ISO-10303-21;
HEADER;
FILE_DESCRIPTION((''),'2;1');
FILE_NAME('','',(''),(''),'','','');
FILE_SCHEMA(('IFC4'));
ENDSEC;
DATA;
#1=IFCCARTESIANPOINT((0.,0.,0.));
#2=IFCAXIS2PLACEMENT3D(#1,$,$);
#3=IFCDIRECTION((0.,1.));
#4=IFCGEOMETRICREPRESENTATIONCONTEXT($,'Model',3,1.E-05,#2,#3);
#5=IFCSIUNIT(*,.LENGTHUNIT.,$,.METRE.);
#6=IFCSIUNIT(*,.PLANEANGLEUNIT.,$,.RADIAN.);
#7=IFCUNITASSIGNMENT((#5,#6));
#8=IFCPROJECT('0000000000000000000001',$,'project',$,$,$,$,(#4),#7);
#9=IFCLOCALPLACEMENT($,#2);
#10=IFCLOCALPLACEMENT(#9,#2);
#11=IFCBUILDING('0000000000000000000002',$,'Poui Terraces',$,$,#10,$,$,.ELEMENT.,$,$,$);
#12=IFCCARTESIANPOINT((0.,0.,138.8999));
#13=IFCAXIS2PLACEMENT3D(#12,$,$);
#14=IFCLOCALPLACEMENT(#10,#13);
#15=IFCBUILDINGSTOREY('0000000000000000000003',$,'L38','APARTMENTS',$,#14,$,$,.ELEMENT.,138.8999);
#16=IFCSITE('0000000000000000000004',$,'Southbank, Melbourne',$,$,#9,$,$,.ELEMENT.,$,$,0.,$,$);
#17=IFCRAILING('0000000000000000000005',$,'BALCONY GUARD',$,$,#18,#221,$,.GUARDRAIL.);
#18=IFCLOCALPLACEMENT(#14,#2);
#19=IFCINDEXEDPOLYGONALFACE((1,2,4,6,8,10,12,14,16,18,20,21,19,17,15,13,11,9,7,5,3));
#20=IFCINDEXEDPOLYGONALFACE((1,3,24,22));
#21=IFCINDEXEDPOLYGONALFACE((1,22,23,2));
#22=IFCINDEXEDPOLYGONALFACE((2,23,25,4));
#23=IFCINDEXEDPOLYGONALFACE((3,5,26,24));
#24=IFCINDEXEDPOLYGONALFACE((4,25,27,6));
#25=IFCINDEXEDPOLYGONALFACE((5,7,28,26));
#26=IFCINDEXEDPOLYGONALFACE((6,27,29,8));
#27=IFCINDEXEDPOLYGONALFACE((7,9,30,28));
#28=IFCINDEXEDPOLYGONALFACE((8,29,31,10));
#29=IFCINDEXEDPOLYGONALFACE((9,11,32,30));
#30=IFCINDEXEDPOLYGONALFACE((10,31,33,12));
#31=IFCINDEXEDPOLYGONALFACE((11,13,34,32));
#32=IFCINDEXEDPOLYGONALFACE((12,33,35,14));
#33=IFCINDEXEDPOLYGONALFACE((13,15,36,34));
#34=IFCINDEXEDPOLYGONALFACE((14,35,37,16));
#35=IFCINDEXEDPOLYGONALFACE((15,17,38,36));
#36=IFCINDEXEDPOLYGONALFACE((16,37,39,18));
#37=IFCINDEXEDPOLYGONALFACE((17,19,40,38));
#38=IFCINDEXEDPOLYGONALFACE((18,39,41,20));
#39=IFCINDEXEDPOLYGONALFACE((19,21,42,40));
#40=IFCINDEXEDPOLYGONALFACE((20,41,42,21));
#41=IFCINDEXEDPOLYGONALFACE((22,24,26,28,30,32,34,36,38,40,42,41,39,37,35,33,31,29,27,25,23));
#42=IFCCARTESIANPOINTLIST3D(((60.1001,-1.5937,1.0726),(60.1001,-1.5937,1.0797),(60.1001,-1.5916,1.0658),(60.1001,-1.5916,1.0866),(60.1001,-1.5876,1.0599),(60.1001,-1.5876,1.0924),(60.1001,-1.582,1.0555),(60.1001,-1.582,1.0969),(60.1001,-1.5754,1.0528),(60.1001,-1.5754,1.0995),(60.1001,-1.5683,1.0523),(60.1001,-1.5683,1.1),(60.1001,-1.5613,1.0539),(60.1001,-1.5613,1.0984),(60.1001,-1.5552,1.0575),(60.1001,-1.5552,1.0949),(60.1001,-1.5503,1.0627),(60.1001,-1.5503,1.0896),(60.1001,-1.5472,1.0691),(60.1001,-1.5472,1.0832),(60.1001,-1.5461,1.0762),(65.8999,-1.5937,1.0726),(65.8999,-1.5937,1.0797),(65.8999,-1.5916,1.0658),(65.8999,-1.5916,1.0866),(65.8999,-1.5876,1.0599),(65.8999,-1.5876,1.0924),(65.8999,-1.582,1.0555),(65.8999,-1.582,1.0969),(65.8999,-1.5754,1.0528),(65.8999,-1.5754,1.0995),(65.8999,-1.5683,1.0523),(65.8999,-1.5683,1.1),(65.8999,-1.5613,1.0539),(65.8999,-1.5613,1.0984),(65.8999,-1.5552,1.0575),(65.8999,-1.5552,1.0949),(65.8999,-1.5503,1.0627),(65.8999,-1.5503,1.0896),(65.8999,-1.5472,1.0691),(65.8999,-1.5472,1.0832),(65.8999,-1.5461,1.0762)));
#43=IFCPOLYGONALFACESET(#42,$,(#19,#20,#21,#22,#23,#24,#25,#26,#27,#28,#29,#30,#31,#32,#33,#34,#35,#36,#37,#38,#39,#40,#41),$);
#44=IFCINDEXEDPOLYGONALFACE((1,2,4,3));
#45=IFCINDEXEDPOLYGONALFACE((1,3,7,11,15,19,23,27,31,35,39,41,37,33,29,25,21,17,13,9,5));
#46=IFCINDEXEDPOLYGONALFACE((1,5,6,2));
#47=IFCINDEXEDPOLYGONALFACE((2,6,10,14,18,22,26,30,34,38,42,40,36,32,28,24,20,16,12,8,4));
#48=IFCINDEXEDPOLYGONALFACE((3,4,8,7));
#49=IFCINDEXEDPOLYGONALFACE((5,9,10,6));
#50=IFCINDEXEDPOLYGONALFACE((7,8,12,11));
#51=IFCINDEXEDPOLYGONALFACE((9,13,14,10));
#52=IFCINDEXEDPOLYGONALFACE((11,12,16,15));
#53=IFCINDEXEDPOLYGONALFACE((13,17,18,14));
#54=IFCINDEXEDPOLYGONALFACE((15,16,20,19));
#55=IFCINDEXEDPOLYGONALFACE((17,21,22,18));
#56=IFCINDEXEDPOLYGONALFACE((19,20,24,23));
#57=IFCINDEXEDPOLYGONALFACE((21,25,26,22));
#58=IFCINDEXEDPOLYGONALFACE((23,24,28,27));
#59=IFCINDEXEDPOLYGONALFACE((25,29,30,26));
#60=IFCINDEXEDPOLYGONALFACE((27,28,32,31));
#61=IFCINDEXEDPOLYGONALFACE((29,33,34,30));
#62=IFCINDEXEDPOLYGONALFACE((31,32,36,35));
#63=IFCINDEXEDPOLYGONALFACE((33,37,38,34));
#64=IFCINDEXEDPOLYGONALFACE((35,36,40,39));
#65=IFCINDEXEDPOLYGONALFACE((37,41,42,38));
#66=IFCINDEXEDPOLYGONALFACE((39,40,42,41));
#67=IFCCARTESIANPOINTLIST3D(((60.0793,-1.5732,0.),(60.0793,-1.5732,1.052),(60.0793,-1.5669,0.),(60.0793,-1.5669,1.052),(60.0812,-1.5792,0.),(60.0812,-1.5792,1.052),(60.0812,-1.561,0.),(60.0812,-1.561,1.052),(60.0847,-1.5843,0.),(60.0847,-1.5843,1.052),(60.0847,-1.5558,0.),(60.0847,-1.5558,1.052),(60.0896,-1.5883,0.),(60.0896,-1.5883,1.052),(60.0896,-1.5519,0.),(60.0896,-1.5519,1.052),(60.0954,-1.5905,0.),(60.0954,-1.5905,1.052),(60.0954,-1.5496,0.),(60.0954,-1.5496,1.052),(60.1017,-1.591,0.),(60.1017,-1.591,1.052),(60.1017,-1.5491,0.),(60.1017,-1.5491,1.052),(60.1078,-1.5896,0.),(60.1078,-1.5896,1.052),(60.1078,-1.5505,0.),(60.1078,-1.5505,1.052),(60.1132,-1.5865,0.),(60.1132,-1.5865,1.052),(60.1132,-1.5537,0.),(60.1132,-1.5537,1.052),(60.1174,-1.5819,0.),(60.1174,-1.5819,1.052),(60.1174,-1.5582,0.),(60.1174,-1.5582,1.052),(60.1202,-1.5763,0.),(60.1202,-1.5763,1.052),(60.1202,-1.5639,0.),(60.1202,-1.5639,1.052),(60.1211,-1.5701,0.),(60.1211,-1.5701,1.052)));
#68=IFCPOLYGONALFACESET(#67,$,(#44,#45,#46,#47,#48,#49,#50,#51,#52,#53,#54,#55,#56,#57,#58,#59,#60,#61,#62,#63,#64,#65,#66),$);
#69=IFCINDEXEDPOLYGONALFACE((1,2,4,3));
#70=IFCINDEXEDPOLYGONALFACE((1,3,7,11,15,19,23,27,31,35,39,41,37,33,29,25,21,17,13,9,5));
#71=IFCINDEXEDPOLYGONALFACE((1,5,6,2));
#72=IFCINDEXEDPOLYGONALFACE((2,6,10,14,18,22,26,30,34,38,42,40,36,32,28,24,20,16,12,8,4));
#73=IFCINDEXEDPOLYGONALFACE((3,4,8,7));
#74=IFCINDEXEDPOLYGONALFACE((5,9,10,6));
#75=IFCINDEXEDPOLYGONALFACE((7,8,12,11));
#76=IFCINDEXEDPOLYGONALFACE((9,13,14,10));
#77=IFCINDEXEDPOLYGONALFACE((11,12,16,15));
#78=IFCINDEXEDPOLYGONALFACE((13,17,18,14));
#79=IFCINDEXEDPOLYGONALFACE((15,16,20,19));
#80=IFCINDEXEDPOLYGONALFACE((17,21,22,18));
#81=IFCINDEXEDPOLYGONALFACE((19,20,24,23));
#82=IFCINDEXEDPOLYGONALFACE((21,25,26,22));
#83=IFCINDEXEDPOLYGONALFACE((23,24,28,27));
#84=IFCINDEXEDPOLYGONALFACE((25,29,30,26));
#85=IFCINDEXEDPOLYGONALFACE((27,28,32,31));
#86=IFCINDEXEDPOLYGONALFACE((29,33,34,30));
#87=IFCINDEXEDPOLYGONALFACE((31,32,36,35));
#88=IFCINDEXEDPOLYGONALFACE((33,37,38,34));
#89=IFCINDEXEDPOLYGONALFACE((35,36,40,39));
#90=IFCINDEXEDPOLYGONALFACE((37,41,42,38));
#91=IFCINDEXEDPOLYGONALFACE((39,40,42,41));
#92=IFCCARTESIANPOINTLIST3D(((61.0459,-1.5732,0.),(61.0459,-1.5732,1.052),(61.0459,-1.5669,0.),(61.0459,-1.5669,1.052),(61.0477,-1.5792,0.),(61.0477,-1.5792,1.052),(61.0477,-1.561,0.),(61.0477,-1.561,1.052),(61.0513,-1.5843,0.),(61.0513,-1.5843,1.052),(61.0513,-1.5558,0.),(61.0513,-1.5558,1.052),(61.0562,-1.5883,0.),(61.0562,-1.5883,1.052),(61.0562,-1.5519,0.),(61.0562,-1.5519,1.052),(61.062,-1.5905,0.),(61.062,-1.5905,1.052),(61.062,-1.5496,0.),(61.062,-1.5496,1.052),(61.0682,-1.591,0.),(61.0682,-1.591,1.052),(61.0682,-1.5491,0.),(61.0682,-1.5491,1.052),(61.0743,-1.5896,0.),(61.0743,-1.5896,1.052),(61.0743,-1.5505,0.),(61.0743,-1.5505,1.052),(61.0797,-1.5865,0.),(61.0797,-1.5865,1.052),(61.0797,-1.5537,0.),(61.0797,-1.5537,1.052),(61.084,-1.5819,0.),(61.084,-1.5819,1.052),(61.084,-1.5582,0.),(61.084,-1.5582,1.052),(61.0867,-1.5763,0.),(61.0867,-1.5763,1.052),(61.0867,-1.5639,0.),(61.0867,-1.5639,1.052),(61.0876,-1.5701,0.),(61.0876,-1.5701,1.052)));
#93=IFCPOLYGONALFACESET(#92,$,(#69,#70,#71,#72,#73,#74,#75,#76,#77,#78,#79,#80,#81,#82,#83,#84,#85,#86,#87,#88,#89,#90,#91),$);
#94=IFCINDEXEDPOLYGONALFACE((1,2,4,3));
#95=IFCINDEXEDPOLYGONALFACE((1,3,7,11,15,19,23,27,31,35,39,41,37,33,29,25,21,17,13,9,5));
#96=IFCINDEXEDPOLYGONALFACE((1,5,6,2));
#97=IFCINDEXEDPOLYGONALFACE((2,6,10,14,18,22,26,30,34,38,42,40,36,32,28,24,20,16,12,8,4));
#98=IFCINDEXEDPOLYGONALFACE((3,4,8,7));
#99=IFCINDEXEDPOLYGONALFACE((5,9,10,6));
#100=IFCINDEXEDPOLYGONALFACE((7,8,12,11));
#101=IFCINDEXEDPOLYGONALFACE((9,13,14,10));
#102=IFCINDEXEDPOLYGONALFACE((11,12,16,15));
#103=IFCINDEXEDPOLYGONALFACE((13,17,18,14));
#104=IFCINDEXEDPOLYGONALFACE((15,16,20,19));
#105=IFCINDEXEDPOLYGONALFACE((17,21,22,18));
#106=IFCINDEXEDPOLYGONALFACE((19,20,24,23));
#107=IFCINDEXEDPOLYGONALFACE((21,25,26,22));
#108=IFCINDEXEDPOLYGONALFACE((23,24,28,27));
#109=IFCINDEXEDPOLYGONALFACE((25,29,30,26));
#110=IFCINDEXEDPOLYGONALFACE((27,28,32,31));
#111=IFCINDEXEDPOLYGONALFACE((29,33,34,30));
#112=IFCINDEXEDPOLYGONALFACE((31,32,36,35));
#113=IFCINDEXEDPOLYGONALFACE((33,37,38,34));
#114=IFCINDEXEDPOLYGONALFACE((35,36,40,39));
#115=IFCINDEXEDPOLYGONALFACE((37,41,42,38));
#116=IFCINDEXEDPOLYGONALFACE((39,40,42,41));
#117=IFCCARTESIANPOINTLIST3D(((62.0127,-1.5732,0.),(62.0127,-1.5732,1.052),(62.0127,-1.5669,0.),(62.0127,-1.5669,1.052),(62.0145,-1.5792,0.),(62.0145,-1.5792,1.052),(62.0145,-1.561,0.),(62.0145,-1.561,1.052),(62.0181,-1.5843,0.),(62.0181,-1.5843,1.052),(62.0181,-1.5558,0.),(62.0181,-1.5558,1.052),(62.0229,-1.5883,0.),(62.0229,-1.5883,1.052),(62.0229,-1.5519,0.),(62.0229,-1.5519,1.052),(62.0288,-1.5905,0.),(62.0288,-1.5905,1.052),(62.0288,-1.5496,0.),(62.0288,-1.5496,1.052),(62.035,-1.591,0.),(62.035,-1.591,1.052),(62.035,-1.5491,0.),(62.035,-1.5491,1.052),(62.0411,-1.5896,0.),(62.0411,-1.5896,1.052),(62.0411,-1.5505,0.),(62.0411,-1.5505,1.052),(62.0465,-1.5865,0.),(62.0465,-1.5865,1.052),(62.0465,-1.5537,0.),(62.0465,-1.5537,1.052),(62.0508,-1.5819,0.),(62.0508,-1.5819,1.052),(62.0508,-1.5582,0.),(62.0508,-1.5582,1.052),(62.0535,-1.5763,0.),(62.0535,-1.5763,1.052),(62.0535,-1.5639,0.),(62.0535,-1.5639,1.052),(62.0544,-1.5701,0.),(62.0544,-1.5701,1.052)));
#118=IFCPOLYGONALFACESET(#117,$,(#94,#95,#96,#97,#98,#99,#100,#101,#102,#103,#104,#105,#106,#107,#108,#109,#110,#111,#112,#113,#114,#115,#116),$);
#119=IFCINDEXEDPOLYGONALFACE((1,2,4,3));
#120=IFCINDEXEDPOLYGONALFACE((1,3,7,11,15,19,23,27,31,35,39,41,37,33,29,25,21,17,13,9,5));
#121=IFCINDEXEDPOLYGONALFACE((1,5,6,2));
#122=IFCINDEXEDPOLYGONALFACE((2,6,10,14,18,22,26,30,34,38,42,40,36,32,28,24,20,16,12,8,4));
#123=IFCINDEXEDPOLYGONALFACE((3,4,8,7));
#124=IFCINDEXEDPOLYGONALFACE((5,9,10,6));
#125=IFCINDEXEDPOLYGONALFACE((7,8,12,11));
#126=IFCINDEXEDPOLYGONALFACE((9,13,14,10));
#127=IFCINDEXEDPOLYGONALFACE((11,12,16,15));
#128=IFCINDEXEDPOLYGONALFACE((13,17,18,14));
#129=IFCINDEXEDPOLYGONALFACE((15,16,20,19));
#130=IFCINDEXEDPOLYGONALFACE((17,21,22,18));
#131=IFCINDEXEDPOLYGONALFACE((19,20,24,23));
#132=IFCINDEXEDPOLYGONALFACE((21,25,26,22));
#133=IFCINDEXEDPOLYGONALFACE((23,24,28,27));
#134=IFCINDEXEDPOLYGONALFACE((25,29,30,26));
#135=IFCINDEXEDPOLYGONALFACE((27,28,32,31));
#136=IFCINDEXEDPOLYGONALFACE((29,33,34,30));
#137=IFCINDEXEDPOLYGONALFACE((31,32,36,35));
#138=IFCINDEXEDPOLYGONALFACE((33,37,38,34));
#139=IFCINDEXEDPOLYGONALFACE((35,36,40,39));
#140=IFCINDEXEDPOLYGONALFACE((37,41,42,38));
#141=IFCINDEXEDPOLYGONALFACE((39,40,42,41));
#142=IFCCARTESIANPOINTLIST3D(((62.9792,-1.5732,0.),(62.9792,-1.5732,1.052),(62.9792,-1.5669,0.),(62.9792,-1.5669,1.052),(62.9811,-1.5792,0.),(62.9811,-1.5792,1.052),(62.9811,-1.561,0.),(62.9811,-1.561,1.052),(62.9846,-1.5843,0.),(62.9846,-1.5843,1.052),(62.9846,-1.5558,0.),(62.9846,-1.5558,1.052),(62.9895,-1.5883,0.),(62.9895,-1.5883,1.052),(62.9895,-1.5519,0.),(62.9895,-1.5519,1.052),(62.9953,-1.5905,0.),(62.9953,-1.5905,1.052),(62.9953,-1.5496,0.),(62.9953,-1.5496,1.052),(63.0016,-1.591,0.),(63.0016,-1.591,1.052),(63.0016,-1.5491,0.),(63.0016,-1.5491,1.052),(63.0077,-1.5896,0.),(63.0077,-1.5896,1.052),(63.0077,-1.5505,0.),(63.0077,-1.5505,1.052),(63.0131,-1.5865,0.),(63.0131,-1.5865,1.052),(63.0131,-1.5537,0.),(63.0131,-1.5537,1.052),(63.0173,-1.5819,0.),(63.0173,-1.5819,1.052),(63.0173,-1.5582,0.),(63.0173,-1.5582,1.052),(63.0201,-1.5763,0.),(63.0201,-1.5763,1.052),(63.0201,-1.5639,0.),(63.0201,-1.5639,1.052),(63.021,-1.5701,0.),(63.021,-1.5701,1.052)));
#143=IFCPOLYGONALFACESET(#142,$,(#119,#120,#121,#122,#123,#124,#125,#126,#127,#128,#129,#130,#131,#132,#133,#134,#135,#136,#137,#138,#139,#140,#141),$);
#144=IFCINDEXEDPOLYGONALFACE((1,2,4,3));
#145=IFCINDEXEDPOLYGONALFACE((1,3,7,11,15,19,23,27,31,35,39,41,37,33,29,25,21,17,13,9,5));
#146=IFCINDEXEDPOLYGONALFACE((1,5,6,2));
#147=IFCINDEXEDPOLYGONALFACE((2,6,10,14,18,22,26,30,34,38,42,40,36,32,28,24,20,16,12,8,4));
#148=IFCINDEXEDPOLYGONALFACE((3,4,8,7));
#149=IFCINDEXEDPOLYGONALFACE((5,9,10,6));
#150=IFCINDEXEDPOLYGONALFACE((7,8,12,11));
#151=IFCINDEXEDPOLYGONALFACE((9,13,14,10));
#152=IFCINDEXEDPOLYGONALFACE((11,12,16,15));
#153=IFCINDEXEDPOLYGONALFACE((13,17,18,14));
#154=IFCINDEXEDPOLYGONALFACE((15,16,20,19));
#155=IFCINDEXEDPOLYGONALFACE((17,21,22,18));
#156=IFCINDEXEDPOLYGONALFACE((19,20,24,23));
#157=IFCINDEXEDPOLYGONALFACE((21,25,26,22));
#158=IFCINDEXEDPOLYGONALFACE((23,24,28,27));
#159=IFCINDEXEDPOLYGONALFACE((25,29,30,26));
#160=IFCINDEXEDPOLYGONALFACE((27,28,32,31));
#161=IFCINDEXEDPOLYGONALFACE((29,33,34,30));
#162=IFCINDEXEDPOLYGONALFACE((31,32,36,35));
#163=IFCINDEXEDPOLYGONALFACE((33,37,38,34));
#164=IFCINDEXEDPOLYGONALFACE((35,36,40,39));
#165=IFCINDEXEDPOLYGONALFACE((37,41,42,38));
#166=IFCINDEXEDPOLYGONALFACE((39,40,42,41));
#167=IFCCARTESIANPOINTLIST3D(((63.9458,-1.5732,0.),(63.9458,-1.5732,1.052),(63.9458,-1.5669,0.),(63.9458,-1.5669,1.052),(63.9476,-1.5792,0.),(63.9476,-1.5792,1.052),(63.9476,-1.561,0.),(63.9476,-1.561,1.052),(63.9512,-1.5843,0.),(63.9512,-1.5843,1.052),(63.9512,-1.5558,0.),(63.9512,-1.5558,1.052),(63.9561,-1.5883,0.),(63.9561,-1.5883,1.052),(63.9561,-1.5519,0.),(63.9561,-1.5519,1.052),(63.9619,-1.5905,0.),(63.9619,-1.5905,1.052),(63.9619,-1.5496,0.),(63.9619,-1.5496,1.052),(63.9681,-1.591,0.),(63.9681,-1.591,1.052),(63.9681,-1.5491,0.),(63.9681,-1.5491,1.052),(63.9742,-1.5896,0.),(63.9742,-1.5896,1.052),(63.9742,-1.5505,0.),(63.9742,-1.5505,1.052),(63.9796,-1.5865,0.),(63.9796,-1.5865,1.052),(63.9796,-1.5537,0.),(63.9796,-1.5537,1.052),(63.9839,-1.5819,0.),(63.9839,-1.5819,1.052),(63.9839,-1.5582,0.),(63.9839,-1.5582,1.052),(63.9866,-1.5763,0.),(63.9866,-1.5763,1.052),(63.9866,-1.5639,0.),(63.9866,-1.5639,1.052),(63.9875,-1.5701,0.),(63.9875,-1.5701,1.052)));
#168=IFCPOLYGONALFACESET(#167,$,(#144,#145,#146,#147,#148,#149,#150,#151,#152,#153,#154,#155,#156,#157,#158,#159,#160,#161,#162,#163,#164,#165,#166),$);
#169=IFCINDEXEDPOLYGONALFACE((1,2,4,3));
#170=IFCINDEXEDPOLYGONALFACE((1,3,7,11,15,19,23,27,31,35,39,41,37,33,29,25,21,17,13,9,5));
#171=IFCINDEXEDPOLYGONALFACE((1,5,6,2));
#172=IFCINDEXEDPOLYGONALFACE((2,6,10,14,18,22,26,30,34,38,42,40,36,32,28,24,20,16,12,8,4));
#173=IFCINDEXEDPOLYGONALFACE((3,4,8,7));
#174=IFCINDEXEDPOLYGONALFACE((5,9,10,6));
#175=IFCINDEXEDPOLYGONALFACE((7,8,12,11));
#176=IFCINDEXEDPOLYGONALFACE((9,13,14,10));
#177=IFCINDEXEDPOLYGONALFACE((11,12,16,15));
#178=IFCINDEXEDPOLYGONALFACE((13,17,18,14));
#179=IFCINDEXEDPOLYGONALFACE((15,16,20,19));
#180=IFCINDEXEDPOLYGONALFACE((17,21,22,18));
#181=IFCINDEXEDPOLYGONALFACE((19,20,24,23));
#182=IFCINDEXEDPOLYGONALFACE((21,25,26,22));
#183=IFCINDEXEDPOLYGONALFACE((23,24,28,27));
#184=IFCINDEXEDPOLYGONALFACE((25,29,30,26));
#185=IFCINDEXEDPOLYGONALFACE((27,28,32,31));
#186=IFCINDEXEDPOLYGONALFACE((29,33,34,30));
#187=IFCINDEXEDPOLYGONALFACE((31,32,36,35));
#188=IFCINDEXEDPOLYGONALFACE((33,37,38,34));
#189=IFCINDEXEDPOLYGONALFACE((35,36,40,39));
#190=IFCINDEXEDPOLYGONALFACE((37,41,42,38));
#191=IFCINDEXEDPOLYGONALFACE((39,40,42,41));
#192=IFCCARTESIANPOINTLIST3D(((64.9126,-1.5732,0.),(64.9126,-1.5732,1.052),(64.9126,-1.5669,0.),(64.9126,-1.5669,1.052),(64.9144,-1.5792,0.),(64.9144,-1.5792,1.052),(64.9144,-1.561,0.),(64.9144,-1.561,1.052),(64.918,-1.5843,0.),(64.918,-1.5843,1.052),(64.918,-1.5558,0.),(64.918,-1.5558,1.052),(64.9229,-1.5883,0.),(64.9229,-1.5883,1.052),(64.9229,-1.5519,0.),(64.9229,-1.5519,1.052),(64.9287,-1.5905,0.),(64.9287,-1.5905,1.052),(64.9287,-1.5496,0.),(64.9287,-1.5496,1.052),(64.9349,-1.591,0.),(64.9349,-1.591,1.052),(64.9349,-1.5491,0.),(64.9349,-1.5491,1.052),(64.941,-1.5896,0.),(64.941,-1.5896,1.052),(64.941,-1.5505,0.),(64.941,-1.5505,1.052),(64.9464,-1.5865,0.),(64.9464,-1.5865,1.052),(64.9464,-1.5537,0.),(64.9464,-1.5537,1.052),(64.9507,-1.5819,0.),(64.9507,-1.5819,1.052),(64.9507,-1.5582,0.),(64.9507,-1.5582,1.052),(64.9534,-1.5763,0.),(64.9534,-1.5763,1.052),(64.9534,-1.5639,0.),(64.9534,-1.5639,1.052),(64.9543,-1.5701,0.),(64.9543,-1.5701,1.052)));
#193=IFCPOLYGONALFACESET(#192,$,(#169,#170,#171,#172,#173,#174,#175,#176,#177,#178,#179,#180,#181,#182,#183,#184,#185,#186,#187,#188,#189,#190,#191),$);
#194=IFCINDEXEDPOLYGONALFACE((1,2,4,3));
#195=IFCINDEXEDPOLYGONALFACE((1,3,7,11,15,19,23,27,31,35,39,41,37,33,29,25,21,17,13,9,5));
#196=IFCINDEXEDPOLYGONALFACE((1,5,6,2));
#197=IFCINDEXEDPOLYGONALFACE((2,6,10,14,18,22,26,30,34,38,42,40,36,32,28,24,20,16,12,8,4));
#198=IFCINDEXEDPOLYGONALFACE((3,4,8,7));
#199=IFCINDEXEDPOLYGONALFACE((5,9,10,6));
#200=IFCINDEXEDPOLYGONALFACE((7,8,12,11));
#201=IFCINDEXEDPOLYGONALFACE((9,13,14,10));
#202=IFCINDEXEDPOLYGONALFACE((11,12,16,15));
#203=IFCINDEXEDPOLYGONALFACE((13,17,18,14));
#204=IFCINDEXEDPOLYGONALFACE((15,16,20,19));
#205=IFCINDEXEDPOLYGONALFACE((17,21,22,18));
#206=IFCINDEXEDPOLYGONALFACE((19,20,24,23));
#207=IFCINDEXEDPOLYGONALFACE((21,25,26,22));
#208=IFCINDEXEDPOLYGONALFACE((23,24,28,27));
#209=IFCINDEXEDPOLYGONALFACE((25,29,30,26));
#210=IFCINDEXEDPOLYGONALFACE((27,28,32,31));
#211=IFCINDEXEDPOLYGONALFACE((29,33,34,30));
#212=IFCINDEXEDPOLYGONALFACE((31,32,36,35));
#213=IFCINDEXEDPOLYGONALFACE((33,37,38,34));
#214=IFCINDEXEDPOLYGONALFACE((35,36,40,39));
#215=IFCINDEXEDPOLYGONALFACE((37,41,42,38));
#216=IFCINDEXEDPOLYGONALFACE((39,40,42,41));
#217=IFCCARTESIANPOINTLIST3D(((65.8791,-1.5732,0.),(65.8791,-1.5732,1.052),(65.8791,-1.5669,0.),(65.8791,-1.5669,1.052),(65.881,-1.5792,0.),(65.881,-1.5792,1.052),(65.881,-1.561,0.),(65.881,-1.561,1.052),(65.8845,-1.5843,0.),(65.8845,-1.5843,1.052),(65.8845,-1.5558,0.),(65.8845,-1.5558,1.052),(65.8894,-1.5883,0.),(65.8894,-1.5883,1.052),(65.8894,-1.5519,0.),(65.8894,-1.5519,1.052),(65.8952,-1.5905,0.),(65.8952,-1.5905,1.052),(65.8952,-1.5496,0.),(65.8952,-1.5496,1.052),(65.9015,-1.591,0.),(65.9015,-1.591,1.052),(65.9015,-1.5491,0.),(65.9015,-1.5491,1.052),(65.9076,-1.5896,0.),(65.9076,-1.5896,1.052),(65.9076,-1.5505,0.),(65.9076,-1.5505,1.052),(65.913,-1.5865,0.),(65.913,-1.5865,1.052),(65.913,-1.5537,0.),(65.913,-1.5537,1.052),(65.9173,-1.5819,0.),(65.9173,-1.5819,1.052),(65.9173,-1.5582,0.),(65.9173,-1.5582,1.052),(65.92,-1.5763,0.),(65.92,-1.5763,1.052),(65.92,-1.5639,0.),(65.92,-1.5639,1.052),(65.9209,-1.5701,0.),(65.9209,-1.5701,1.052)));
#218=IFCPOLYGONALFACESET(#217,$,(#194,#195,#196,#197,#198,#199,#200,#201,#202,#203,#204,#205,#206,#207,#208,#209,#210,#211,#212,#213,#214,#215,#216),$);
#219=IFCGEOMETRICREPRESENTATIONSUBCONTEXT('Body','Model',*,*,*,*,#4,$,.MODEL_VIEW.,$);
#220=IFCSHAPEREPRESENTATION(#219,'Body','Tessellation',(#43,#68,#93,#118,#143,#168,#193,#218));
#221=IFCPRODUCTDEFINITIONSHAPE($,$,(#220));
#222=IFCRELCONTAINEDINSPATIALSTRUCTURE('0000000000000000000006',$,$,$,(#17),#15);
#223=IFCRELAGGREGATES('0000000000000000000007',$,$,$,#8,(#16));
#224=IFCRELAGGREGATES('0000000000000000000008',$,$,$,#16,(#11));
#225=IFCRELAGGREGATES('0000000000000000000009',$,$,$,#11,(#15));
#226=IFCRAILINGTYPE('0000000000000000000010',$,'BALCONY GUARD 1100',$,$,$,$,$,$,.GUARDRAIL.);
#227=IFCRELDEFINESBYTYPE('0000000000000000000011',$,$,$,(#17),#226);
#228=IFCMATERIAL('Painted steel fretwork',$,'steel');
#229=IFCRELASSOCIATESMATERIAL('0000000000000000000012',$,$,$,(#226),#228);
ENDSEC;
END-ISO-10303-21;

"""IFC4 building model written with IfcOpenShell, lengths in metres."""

from ifc_helpers import new_model, si_unit, direction, frame, origin, origin_2d, place, context, subcontext, project, spatial, circle, extrude, material, type_object, element, save


model = new_model("IFC4")

# Units and contexts
model_context = context("Model", 3, precision=1e-05, world=origin(), true_north=direction((0.0, 1.0)))
body_context = subcontext(model_context, "Body", "Model", "MODEL_VIEW")
ifc_project = project(units=[si_unit("LENGTHUNIT", "METRE"), si_unit("PLANEANGLEUNIT", "RADIAN")], contexts=[model_context])

# Site, building, storey
site_placement = place(None, origin())
site = spatial("IfcSite", under=ifc_project, at=site_placement, Name="Southbank, Melbourne", CompositionType="ELEMENT", RefElevation=0.0)
building_placement = place(site_placement, origin())
building = spatial("IfcBuilding", under=site, at=building_placement, Name="Poui Terraces", CompositionType="ELEMENT")
storey_placement = place(building_placement, frame((0.0, 0.0, 138.8999)))
storey = spatial("IfcBuildingStorey", under=building, at=storey_placement, Name="L38", Description="APARTMENTS", CompositionType="ELEMENT", Elevation=138.8999)

# Railing
ifc_material_1 = material(Name="Painted steel fretwork", Category="steel")
railing_type = type_object("IfcRailingType", Name="BALCONY GUARD 1100", PredefinedType="GUARDRAIL", material=ifc_material_1)
railing_placement = place(storey_placement, frame((60.1001, -1.5701, 0.0)))
element("IfcRailing", 1, at=railing_placement, inside=storey, type_object=railing_type, Name="BALCONY GUARD", PredefinedType="GUARDRAIL", context=body_context, shape_type="SweptSolid", body=[
    extrude(circle(Radius=0.0239, at=origin_2d()), frame((0.0, 0.0, 1.0762), z_axis=(1.0, 0.0, 0.0), x_axis=(0.0, 1.0, 0.0)), (0.0, 0.0, 1.0), 5.7998),
    extrude(circle(Radius=0.021, at=origin_2d()), origin(), (0.0, 0.0, 1.0), 1.052),
    extrude(circle(Radius=0.021, at=origin_2d()), frame((0.9666, 0.0, 0.0)), (0.0, 0.0, 1.0), 1.052),
    extrude(circle(Radius=0.021, at=origin_2d()), frame((1.9333, 0.0, 0.0)), (0.0, 0.0, 1.0), 1.052),
    extrude(circle(Radius=0.021, at=origin_2d()), frame((2.8999, 0.0, 0.0)), (0.0, 0.0, 1.0), 1.052),
    extrude(circle(Radius=0.021, at=origin_2d()), frame((3.8665, 0.0, 0.0)), (0.0, 0.0, 1.0), 1.052),
    extrude(circle(Radius=0.021, at=origin_2d()), frame((4.8333, 0.0, 0.0)), (0.0, 0.0, 1.0), 1.052),
    extrude(circle(Radius=0.021, at=origin_2d()), frame((5.7998, 0.0, 0.0)), (0.0, 0.0, 1.0), 1.052),
])

save(model, "model.ifc")
